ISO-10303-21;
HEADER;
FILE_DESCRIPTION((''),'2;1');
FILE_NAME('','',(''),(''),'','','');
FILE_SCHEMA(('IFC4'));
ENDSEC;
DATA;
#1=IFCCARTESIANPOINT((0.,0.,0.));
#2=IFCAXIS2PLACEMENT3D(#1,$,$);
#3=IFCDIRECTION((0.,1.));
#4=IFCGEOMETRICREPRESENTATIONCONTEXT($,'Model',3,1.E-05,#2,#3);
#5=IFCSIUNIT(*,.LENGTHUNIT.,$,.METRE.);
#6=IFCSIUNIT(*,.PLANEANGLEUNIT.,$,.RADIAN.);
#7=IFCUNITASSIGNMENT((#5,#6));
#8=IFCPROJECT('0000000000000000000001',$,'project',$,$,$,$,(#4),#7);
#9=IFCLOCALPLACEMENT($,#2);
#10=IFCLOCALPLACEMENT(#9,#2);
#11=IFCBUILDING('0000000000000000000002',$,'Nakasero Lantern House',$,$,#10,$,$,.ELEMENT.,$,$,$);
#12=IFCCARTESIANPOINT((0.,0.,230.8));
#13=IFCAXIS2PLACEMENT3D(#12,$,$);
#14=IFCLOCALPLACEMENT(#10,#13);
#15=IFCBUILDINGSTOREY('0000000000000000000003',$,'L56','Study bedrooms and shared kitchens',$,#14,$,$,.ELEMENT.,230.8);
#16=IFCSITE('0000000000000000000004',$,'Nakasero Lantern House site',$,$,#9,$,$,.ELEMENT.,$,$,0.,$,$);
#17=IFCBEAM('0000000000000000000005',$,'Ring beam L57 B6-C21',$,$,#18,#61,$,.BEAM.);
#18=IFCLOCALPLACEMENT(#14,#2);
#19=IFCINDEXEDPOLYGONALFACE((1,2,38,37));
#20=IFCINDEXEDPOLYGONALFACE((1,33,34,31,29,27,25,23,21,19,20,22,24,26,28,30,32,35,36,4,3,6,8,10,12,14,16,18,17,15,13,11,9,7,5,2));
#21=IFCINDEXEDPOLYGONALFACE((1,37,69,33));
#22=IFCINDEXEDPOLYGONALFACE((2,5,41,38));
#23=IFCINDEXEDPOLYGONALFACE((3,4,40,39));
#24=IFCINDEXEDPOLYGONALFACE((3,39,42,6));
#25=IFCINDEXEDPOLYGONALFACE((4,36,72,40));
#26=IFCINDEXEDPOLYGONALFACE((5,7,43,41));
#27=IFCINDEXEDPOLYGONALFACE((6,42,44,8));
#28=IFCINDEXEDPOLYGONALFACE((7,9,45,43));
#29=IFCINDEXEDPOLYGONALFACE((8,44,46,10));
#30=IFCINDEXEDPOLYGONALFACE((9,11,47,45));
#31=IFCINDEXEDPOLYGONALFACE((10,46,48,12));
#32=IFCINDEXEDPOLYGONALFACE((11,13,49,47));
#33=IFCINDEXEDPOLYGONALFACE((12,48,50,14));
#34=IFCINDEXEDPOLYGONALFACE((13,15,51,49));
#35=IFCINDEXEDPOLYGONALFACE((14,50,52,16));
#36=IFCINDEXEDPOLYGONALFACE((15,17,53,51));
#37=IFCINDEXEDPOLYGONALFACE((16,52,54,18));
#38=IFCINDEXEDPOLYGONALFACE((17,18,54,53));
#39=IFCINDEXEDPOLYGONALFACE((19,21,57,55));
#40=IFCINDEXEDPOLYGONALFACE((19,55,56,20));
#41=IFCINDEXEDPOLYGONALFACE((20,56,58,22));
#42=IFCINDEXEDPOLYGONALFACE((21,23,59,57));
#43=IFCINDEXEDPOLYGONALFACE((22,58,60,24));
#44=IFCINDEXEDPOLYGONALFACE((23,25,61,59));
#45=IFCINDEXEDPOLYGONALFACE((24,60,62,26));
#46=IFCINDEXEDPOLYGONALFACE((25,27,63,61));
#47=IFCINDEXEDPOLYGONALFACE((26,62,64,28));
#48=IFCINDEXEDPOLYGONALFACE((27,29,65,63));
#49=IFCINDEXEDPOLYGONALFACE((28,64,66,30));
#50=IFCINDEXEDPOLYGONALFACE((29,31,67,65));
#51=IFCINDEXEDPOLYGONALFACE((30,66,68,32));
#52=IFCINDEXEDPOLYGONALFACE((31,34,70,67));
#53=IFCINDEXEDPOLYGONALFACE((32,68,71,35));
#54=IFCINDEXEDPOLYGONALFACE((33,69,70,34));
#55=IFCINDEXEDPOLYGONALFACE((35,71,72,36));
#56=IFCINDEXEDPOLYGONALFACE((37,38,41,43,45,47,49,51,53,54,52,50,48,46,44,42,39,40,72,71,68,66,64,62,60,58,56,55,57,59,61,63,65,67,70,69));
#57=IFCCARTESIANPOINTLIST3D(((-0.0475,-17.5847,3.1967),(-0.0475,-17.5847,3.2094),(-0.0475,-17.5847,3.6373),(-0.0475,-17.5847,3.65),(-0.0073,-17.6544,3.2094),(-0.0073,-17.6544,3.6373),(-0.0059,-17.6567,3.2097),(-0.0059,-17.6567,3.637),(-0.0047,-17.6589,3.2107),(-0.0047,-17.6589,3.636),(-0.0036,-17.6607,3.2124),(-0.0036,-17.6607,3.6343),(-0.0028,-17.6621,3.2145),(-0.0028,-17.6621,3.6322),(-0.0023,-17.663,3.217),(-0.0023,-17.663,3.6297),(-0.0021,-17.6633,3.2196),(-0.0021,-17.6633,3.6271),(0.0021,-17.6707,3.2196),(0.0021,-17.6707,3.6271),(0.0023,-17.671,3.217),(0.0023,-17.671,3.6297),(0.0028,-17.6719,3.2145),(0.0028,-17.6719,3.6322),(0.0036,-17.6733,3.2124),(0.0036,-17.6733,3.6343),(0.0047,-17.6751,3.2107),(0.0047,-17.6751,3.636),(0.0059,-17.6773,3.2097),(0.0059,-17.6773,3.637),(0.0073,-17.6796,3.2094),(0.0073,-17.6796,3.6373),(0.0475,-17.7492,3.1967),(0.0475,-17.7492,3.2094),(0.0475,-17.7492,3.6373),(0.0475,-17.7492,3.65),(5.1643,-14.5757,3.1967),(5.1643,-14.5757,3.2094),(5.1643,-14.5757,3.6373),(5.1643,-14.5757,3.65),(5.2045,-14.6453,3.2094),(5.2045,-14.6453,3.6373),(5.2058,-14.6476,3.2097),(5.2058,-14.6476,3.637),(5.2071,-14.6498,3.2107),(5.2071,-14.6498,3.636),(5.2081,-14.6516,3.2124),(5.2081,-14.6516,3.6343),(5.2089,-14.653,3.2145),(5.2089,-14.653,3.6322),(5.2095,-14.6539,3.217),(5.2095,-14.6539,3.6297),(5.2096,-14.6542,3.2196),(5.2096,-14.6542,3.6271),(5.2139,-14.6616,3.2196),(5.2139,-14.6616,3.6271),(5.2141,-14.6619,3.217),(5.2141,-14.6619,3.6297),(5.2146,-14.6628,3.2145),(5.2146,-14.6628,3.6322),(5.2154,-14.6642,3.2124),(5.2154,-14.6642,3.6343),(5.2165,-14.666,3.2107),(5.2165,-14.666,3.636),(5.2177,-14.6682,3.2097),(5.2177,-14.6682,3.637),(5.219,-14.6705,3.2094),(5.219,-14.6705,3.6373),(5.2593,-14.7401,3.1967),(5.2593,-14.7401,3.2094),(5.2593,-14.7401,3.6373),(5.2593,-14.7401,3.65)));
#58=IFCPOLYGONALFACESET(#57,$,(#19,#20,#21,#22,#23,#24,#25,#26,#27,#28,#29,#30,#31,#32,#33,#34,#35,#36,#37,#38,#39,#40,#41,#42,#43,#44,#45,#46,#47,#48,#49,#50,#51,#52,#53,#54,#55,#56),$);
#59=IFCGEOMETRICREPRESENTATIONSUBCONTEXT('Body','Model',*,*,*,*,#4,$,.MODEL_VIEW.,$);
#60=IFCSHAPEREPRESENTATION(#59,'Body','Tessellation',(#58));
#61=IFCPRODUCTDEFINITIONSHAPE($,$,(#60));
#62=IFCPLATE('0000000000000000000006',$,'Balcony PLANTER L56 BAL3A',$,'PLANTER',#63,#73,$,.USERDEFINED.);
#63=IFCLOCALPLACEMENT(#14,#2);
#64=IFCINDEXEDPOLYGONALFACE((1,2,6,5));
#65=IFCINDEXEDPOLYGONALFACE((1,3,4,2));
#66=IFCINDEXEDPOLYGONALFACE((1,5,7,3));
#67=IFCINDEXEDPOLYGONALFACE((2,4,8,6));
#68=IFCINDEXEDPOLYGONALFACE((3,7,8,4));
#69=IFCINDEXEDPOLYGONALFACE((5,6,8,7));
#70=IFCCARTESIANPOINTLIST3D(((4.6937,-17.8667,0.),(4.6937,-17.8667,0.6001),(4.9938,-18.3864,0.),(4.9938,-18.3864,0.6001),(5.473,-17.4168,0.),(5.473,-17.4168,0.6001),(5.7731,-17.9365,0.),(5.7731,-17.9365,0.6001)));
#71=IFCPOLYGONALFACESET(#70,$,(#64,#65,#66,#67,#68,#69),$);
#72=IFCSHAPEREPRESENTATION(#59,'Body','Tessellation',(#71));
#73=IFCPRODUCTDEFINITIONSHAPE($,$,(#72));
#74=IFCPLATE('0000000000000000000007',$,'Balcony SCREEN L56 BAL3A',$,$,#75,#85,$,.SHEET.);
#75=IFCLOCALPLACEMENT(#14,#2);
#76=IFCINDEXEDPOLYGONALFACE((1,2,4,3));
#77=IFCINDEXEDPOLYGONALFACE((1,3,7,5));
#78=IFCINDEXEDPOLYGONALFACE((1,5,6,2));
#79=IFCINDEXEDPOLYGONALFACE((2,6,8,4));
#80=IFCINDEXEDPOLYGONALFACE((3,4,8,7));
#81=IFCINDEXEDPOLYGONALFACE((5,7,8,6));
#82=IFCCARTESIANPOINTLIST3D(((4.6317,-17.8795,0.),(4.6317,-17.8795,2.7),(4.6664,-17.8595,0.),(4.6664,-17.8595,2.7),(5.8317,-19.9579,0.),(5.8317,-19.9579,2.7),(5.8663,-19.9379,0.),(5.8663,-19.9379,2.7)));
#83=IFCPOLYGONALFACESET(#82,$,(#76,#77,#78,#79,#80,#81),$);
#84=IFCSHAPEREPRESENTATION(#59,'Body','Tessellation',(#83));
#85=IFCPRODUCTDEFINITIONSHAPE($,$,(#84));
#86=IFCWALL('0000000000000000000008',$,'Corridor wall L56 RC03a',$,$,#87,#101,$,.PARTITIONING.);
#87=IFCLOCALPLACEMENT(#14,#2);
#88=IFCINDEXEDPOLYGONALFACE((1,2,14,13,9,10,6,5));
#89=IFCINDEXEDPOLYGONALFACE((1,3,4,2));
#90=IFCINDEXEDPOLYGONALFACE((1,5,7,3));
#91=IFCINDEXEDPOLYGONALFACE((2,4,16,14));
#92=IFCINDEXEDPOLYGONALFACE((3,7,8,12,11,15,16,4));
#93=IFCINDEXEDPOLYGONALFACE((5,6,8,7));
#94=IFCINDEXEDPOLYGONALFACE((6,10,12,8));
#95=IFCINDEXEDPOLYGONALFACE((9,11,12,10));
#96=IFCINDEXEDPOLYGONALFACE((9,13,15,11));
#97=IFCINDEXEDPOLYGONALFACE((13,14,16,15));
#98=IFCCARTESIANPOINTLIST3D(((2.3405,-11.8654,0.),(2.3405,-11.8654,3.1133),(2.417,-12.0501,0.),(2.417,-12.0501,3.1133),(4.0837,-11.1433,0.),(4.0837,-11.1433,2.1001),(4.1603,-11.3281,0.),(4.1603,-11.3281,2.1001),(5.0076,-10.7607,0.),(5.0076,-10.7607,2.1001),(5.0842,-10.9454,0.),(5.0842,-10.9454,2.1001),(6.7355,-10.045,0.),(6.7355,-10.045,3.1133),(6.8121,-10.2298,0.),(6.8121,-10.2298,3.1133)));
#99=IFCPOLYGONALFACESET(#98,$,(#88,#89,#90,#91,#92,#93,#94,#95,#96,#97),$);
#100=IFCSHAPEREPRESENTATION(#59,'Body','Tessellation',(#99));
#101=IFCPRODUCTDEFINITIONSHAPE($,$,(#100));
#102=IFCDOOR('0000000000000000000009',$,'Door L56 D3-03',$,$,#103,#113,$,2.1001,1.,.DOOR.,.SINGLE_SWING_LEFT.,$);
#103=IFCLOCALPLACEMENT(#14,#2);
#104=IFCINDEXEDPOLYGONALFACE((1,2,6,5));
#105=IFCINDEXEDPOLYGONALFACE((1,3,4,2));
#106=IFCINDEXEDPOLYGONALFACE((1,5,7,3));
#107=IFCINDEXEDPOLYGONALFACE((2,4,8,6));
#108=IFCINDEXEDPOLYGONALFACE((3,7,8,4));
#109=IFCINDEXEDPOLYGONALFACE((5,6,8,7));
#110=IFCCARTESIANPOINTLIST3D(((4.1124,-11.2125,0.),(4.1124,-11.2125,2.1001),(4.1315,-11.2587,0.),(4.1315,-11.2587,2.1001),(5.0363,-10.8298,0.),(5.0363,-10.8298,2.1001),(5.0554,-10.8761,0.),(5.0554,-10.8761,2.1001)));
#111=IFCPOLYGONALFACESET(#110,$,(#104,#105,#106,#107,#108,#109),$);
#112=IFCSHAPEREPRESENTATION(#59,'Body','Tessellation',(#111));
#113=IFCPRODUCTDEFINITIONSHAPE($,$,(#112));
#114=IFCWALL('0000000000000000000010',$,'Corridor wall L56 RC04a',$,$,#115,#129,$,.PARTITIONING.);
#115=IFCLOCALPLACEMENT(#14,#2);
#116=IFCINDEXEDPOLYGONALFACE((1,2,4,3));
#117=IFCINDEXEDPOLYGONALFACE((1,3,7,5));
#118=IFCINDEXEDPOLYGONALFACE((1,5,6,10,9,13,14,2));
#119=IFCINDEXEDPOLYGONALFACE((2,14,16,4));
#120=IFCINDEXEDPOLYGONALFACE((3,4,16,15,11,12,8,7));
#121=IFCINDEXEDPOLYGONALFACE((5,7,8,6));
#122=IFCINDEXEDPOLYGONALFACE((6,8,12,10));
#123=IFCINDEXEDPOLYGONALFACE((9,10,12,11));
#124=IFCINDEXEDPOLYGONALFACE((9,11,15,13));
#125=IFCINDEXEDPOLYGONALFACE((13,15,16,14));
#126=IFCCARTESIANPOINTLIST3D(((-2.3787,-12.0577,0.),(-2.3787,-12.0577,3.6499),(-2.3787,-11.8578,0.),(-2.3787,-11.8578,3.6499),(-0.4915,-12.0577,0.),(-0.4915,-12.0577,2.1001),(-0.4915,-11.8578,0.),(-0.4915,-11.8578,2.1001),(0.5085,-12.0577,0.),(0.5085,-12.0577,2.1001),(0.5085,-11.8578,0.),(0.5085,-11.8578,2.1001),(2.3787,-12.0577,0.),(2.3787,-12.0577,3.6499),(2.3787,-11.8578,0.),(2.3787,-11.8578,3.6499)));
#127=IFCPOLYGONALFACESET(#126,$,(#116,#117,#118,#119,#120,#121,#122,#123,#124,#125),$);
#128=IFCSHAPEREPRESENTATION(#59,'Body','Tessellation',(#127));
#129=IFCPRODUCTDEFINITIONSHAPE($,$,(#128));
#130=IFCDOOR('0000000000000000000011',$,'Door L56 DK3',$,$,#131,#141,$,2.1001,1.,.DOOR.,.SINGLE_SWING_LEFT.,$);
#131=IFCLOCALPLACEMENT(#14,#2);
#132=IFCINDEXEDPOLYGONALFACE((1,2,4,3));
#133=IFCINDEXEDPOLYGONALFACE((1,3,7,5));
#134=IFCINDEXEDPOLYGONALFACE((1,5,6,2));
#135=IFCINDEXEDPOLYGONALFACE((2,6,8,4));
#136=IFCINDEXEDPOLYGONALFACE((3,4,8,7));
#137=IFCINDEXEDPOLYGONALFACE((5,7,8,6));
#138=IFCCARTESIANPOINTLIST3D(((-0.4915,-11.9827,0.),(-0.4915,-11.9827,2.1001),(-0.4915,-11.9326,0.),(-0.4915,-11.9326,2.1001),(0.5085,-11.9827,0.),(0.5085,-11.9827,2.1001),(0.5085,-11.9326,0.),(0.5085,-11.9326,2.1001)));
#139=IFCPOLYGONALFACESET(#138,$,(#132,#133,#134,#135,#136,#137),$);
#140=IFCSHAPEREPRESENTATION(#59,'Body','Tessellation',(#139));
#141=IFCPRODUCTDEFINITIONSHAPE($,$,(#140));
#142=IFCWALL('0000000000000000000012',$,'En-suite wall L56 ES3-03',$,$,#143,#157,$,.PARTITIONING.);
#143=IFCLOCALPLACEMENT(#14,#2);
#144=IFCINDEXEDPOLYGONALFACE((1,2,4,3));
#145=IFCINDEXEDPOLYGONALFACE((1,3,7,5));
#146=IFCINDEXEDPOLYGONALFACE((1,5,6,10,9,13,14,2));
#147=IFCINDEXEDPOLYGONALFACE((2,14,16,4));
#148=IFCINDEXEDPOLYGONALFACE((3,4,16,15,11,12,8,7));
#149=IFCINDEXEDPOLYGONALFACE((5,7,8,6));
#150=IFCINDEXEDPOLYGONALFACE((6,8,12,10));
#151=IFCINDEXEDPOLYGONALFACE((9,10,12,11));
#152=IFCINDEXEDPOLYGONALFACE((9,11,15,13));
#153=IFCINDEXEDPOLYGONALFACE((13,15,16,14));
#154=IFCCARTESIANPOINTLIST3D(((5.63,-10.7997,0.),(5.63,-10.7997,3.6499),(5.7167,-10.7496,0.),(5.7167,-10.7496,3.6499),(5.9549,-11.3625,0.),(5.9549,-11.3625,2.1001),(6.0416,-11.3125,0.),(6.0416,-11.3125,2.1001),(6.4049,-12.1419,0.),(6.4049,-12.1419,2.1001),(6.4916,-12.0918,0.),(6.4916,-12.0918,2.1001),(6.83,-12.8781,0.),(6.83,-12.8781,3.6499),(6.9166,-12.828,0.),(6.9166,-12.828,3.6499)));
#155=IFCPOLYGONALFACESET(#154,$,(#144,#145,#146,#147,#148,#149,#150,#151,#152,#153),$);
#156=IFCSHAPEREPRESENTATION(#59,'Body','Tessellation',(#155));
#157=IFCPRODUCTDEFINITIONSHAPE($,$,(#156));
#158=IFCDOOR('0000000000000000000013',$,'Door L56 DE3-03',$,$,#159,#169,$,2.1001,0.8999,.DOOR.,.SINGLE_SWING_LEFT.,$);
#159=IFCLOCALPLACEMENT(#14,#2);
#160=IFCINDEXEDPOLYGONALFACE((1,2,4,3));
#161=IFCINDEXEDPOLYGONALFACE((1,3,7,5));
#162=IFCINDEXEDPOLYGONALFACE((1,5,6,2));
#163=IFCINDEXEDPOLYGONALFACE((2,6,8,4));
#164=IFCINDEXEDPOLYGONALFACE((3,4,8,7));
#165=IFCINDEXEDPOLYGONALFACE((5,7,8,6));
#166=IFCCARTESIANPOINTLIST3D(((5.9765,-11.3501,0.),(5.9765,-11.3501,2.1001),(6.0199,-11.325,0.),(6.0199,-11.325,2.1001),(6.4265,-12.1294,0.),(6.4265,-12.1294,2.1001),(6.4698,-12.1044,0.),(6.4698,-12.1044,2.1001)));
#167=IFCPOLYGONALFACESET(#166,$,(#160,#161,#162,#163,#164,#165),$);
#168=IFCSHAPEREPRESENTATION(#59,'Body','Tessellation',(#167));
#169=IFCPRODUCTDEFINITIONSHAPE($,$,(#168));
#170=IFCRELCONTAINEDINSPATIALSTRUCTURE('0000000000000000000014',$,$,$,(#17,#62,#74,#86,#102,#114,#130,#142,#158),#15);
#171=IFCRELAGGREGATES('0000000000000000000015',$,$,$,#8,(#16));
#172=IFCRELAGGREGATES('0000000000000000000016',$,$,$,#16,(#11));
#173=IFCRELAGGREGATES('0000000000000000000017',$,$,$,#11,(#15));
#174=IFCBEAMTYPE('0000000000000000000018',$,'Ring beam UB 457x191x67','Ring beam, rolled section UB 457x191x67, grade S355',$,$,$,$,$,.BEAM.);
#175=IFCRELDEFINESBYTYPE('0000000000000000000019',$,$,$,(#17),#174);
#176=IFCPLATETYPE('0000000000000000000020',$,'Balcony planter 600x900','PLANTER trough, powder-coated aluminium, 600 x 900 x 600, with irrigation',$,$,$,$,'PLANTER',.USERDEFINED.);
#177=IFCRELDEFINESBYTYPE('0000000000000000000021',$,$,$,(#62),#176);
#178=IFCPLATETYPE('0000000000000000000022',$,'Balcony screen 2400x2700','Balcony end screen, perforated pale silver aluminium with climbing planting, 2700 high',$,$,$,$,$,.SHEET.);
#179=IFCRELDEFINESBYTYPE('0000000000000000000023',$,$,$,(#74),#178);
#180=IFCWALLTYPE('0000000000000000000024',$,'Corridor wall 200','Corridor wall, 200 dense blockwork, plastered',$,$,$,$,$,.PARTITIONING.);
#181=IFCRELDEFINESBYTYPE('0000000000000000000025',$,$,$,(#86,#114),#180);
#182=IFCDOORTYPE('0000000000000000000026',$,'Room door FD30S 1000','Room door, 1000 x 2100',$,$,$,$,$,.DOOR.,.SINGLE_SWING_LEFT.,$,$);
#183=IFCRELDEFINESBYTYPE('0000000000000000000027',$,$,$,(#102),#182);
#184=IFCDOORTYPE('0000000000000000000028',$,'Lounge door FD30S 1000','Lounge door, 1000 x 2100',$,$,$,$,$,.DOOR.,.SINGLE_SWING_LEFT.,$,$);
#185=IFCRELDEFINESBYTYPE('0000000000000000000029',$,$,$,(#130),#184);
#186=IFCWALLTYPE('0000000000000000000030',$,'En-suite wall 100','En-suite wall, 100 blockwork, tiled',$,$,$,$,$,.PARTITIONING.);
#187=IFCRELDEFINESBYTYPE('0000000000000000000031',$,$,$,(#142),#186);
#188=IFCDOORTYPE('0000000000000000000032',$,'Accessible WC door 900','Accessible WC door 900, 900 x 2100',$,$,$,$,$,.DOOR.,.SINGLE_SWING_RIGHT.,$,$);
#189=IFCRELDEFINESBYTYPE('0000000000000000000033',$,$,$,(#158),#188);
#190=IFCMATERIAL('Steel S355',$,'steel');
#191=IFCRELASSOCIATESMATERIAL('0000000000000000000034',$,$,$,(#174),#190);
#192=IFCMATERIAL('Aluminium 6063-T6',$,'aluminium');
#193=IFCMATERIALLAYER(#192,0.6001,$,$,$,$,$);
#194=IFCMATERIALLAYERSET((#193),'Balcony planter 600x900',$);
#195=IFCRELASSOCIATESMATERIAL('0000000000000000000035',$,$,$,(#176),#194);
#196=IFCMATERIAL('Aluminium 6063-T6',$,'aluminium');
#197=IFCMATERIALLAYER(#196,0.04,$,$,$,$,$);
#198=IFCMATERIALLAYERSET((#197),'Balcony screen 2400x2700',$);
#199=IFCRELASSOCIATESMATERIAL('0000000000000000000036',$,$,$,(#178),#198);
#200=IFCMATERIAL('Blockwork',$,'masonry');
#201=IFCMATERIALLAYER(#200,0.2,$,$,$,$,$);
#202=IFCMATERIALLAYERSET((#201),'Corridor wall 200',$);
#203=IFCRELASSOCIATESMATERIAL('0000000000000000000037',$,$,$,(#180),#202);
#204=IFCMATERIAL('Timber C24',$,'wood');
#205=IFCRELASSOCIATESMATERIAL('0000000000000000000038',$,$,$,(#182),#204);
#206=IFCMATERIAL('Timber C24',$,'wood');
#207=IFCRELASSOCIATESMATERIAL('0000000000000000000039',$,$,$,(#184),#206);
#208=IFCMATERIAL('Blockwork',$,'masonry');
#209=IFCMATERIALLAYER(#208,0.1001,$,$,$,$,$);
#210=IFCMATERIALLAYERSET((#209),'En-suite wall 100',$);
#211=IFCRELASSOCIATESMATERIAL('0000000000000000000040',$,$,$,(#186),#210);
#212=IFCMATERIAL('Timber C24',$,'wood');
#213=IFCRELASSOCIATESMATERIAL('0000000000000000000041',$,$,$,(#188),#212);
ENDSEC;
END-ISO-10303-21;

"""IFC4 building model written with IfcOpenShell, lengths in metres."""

from ifc_helpers import new_model, si_unit, direction, frame, frame_2d, origin, origin_2d, place, context, subcontext, project, spatial, rectangle, i_section, extrude, material, layer, layer_set, material_profile, profile_set, type_object, element, fill, save


model = new_model("IFC4")

# Units and contexts
model_context = context("Model", 3, precision=1e-05, world=origin(), true_north=direction((0.0, 1.0)))
body_context = subcontext(model_context, "Body", "Model", "MODEL_VIEW")
ifc_project = project(units=[si_unit("LENGTHUNIT", "METRE"), si_unit("PLANEANGLEUNIT", "RADIAN")], contexts=[model_context])

# Site, building, storey
site_placement = place(None, origin())
site = spatial("IfcSite", under=ifc_project, at=site_placement, Name="Nakasero Lantern House site", CompositionType="ELEMENT", RefElevation=0.0)
building_placement = place(site_placement, origin())
building = spatial("IfcBuilding", under=site, at=building_placement, Name="Nakasero Lantern House", CompositionType="ELEMENT")
storey_placement = place(building_placement, frame((0.0, 0.0, 230.8)))
storey = spatial("IfcBuildingStorey", under=building, at=storey_placement, Name="L56", Description="Study bedrooms and shared kitchens", CompositionType="ELEMENT", Elevation=230.8)

# Beam
ifc_material_1 = material(Name="Steel S355", Category="steel")
ifc_material_profile_1 = material_profile(ifc_material_1, i_section(OverallWidth=0.1899, OverallDepth=0.4534, WebThickness=0.0085, FlangeThickness=0.0127, FilletRadius=0.0103, at=origin_2d()), Name="UB 457x191x67")
ifc_profile_set_1 = profile_set([ifc_material_profile_1], Name="Steel S355")
beam_type_1 = type_object("IfcBeamType", Name="Ring beam UB 457x191x67", Description="Ring beam, rolled section UB 457x191x67, grade S355", PredefinedType="BEAM", material=ifc_profile_set_1)
beam_1_placement = place(storey_placement, frame((0.0, -17.667, 3.4233), z_axis=(0.86602, 0.500009, 0.0), x_axis=(-0.500009, 0.86602, 0.0)))
element("IfcBeam", 1, at=beam_1_placement, inside=storey, type_object=beam_type_1, Name="Ring beam L57 B6-C21", PredefinedType="BEAM", context=body_context, shape_type="SweptSolid", body=[
    extrude(i_section(OverallWidth=0.1899, OverallDepth=0.4534, WebThickness=0.0085, FlangeThickness=0.0127, FilletRadius=0.0103, at=origin_2d()), origin(), (0.0, 0.0, 1.0), 6.0181),
])

# Plates
ifc_material_2 = material(Name="Aluminium 6063-T6", Category="aluminium")
ifc_layer_1 = layer(ifc_material_2, 0.6001)
ifc_layer_set_1 = layer_set([ifc_layer_1], Name="Balcony planter 600x900")
plate_type_1 = type_object("IfcPlateType", Name="Balcony planter 600x900", Description="PLANTER trough, powder-coated aluminium, 600 x 900 x 600, with irrigation", ElementType="PLANTER", PredefinedType="USERDEFINED", material=ifc_layer_set_1)
plate_1_placement = place(storey_placement, frame((5.2334, -17.9016, 0.0), z_axis=(0.0, 0.0, 1.0), x_axis=(0.5, -0.866025, 0.0)))
element("IfcPlate", 2, at=plate_1_placement, inside=storey, type_object=plate_type_1, Name="Balcony PLANTER L56 BAL3A", ObjectType="PLANTER", PredefinedType="USERDEFINED", context=body_context, shape_type="SweptSolid", body=[
    extrude(rectangle(XDim=0.6001, YDim=0.8999, at=origin_2d()), origin(), (0.0, 0.0, 1.0), 0.6001),
])
ifc_material_3 = material(Name="Aluminium 6063-T6", Category="aluminium")
ifc_layer_2 = layer(ifc_material_3, 0.04)
ifc_layer_set_2 = layer_set([ifc_layer_2], Name="Balcony screen 2400x2700")
plate_type_2 = type_object("IfcPlateType", Name="Balcony screen 2400x2700", Description="Balcony end screen, perforated pale silver aluminium with climbing planting, 2700 high", PredefinedType="SHEET", material=ifc_layer_set_2)
plate_2_placement = place(storey_placement, frame((5.249, -18.9087, 0.0), z_axis=(0.0, 0.0, 1.0), x_axis=(0.5, -0.866025, 0.0)))
element("IfcPlate", 3, at=plate_2_placement, inside=storey, type_object=plate_type_2, Name="Balcony SCREEN L56 BAL3A", PredefinedType="SHEET", context=body_context, shape_type="SweptSolid", body=[
    extrude(rectangle(XDim=2.3999, YDim=0.04, at=origin_2d()), origin(), (0.0, 0.0, 1.0), 2.7),
])

# Walls, openings, doors
ifc_material_4 = material(Name="Blockwork", Category="masonry")
ifc_layer_3 = layer(ifc_material_4, 0.2)
ifc_layer_set_3 = layer_set([ifc_layer_3], Name="Corridor wall 200")
wall_type_1 = type_object("IfcWallType", Name="Corridor wall 200", Description="Corridor wall, 200 dense blockwork, plastered", PredefinedType="PARTITIONING", material=ifc_layer_set_3)
wall_1_placement = place(storey_placement, frame((6.7737, -10.1375, 0.0), z_axis=(0.0, 0.0, 1.0), x_axis=(-0.923892, -0.382654, 0.0)))
wall_1 = element("IfcWall", 4, at=wall_1_placement, inside=storey, type_object=wall_type_1, Name="Corridor wall L56 RC03a", PredefinedType="PARTITIONING", context=body_context, shape_type="SweptSolid", body=[
    extrude(rectangle(XDim=4.7571, YDim=0.2, at=frame_2d((2.3784, 0.0))), origin(), (0.0, 0.0, 1.0), 3.1133),
])
opening_1_placement = place(wall_1_placement, frame((1.8701, 0.0, 0.0)))
opening_1 = element("IfcOpeningElement", 5, at=opening_1_placement, cuts=wall_1, PredefinedType="OPENING", context=body_context, shape_type="SweptSolid", body=[
    extrude(rectangle(XDim=1.0, YDim=2.1001, at=frame_2d((0.5, 1.05))), frame((0.0, 0.1199, 0.0), z_axis=(0.0, -1.0, 0.0), x_axis=(1.0, 0.0, 0.0)), (0.0, 0.0, 1.0), 0.24),
])
ifc_material_5 = material(Name="Timber C24", Category="wood")
door_type_1 = type_object("IfcDoorType", Name="Room door FD30S 1000", Description="Room door, 1000 x 2100", OperationType="SINGLE_SWING_LEFT", PredefinedType="DOOR", material=ifc_material_5)
door_1_placement = place(opening_1_placement, origin())
door_1 = element("IfcDoor", 6, at=door_1_placement, inside=storey, type_object=door_type_1, Name="Door L56 D3-03", OperationType="SINGLE_SWING_LEFT", OverallHeight=2.1001, OverallWidth=1.0, PredefinedType="DOOR", context=body_context, shape_type="SweptSolid", body=[
    extrude(rectangle(XDim=1.0, YDim=2.1001, at=frame_2d((0.5, 1.05))), frame((0.0, 0.0249, 0.0), z_axis=(0.0, -1.0, 0.0), x_axis=(1.0, 0.0, 0.0)), (0.0, 0.0, 1.0), 0.05),
])
fill(opening_1, door_1)
wall_2_placement = place(storey_placement, frame((2.3787, -11.9578, 0.0), z_axis=(0.0, 0.0, 1.0), x_axis=(-1.0, 0.0, 0.0)))
wall_2 = element("IfcWall", 7, at=wall_2_placement, inside=storey, type_object=wall_type_1, Name="Corridor wall L56 RC04a", PredefinedType="PARTITIONING", context=body_context, shape_type="SweptSolid", body=[
    extrude(rectangle(XDim=4.7573, YDim=0.2, at=frame_2d((2.3787, 0.0))), origin(), (0.0, 0.0, 1.0), 3.6499),
])
opening_2_placement = place(wall_2_placement, frame((1.8701, 0.0, 0.0)))
opening_2 = element("IfcOpeningElement", 8, at=opening_2_placement, cuts=wall_2, PredefinedType="OPENING", context=body_context, shape_type="SweptSolid", body=[
    extrude(rectangle(XDim=1.0, YDim=2.1001, at=frame_2d((0.5, 1.05))), frame((0.0, 0.1199, 0.0), z_axis=(0.0, -1.0, 0.0), x_axis=(1.0, 0.0, 0.0)), (0.0, 0.0, 1.0), 0.24),
])
ifc_material_6 = material(Name="Timber C24", Category="wood")
door_type_2 = type_object("IfcDoorType", Name="Lounge door FD30S 1000", Description="Lounge door, 1000 x 2100", OperationType="SINGLE_SWING_LEFT", PredefinedType="DOOR", material=ifc_material_6)
door_2_placement = place(opening_2_placement, origin())
door_2 = element("IfcDoor", 9, at=door_2_placement, inside=storey, type_object=door_type_2, Name="Door L56 DK3", OperationType="SINGLE_SWING_LEFT", OverallHeight=2.1001, OverallWidth=1.0, PredefinedType="DOOR", context=body_context, shape_type="SweptSolid", body=[
    extrude(rectangle(XDim=1.0, YDim=2.1001, at=frame_2d((0.5, 1.05))), frame((0.0, 0.0249, 0.0), z_axis=(0.0, -1.0, 0.0), x_axis=(1.0, 0.0, 0.0)), (0.0, 0.0, 1.0), 0.05),
])
fill(opening_2, door_2)
ifc_material_7 = material(Name="Blockwork", Category="masonry")
ifc_layer_4 = layer(ifc_material_7, 0.1001)
ifc_layer_set_4 = layer_set([ifc_layer_4], Name="En-suite wall 100")
wall_type_2 = type_object("IfcWallType", Name="En-suite wall 100", Description="En-suite wall, 100 blockwork, tiled", PredefinedType="PARTITIONING", material=ifc_layer_set_4)
wall_3_placement = place(storey_placement, frame((5.6733, -10.7747, 0.0), z_axis=(0.0, 0.0, 1.0), x_axis=(0.500001, -0.866025, 0.0)))
wall_3 = element("IfcWall", 10, at=wall_3_placement, inside=storey, type_object=wall_type_2, Name="En-suite wall L56 ES3-03", PredefinedType="PARTITIONING", context=body_context, shape_type="SweptSolid", body=[
    extrude(rectangle(XDim=2.3999, YDim=0.1001, at=frame_2d((1.2, 0.0))), origin(), (0.0, 0.0, 1.0), 3.6499),
])
opening_3_placement = place(wall_3_placement, frame((0.6499, 0.0, 0.0)))
opening_3 = element("IfcOpeningElement", 11, at=opening_3_placement, cuts=wall_3, PredefinedType="OPENING", context=body_context, shape_type="SweptSolid", body=[
    extrude(rectangle(XDim=0.8999, YDim=2.1001, at=frame_2d((0.45, 1.05))), frame((0.0, 0.0701, 0.0), z_axis=(0.0, -1.0, 0.0), x_axis=(1.0, 0.0, 0.0)), (0.0, 0.0, 1.0), 0.1401),
])
ifc_material_8 = material(Name="Timber C24", Category="wood")
door_type_3 = type_object("IfcDoorType", Name="Accessible WC door 900", Description="Accessible WC door 900, 900 x 2100", OperationType="SINGLE_SWING_RIGHT", PredefinedType="DOOR", material=ifc_material_8)
door_3_placement = place(opening_3_placement, origin())
door_3 = element("IfcDoor", 12, at=door_3_placement, inside=storey, type_object=door_type_3, Name="Door L56 DE3-03", OperationType="SINGLE_SWING_LEFT", OverallHeight=2.1001, OverallWidth=0.8999, PredefinedType="DOOR", context=body_context, shape_type="SweptSolid", body=[
    extrude(rectangle(XDim=0.8999, YDim=2.1001, at=frame_2d((0.45, 1.05))), frame((0.0, 0.0249, 0.0), z_axis=(0.0, -1.0, 0.0), x_axis=(1.0, 0.0, 0.0)), (0.0, 0.0, 1.0), 0.05),
])
fill(opening_3, door_3)

save(model, "model.ifc")
